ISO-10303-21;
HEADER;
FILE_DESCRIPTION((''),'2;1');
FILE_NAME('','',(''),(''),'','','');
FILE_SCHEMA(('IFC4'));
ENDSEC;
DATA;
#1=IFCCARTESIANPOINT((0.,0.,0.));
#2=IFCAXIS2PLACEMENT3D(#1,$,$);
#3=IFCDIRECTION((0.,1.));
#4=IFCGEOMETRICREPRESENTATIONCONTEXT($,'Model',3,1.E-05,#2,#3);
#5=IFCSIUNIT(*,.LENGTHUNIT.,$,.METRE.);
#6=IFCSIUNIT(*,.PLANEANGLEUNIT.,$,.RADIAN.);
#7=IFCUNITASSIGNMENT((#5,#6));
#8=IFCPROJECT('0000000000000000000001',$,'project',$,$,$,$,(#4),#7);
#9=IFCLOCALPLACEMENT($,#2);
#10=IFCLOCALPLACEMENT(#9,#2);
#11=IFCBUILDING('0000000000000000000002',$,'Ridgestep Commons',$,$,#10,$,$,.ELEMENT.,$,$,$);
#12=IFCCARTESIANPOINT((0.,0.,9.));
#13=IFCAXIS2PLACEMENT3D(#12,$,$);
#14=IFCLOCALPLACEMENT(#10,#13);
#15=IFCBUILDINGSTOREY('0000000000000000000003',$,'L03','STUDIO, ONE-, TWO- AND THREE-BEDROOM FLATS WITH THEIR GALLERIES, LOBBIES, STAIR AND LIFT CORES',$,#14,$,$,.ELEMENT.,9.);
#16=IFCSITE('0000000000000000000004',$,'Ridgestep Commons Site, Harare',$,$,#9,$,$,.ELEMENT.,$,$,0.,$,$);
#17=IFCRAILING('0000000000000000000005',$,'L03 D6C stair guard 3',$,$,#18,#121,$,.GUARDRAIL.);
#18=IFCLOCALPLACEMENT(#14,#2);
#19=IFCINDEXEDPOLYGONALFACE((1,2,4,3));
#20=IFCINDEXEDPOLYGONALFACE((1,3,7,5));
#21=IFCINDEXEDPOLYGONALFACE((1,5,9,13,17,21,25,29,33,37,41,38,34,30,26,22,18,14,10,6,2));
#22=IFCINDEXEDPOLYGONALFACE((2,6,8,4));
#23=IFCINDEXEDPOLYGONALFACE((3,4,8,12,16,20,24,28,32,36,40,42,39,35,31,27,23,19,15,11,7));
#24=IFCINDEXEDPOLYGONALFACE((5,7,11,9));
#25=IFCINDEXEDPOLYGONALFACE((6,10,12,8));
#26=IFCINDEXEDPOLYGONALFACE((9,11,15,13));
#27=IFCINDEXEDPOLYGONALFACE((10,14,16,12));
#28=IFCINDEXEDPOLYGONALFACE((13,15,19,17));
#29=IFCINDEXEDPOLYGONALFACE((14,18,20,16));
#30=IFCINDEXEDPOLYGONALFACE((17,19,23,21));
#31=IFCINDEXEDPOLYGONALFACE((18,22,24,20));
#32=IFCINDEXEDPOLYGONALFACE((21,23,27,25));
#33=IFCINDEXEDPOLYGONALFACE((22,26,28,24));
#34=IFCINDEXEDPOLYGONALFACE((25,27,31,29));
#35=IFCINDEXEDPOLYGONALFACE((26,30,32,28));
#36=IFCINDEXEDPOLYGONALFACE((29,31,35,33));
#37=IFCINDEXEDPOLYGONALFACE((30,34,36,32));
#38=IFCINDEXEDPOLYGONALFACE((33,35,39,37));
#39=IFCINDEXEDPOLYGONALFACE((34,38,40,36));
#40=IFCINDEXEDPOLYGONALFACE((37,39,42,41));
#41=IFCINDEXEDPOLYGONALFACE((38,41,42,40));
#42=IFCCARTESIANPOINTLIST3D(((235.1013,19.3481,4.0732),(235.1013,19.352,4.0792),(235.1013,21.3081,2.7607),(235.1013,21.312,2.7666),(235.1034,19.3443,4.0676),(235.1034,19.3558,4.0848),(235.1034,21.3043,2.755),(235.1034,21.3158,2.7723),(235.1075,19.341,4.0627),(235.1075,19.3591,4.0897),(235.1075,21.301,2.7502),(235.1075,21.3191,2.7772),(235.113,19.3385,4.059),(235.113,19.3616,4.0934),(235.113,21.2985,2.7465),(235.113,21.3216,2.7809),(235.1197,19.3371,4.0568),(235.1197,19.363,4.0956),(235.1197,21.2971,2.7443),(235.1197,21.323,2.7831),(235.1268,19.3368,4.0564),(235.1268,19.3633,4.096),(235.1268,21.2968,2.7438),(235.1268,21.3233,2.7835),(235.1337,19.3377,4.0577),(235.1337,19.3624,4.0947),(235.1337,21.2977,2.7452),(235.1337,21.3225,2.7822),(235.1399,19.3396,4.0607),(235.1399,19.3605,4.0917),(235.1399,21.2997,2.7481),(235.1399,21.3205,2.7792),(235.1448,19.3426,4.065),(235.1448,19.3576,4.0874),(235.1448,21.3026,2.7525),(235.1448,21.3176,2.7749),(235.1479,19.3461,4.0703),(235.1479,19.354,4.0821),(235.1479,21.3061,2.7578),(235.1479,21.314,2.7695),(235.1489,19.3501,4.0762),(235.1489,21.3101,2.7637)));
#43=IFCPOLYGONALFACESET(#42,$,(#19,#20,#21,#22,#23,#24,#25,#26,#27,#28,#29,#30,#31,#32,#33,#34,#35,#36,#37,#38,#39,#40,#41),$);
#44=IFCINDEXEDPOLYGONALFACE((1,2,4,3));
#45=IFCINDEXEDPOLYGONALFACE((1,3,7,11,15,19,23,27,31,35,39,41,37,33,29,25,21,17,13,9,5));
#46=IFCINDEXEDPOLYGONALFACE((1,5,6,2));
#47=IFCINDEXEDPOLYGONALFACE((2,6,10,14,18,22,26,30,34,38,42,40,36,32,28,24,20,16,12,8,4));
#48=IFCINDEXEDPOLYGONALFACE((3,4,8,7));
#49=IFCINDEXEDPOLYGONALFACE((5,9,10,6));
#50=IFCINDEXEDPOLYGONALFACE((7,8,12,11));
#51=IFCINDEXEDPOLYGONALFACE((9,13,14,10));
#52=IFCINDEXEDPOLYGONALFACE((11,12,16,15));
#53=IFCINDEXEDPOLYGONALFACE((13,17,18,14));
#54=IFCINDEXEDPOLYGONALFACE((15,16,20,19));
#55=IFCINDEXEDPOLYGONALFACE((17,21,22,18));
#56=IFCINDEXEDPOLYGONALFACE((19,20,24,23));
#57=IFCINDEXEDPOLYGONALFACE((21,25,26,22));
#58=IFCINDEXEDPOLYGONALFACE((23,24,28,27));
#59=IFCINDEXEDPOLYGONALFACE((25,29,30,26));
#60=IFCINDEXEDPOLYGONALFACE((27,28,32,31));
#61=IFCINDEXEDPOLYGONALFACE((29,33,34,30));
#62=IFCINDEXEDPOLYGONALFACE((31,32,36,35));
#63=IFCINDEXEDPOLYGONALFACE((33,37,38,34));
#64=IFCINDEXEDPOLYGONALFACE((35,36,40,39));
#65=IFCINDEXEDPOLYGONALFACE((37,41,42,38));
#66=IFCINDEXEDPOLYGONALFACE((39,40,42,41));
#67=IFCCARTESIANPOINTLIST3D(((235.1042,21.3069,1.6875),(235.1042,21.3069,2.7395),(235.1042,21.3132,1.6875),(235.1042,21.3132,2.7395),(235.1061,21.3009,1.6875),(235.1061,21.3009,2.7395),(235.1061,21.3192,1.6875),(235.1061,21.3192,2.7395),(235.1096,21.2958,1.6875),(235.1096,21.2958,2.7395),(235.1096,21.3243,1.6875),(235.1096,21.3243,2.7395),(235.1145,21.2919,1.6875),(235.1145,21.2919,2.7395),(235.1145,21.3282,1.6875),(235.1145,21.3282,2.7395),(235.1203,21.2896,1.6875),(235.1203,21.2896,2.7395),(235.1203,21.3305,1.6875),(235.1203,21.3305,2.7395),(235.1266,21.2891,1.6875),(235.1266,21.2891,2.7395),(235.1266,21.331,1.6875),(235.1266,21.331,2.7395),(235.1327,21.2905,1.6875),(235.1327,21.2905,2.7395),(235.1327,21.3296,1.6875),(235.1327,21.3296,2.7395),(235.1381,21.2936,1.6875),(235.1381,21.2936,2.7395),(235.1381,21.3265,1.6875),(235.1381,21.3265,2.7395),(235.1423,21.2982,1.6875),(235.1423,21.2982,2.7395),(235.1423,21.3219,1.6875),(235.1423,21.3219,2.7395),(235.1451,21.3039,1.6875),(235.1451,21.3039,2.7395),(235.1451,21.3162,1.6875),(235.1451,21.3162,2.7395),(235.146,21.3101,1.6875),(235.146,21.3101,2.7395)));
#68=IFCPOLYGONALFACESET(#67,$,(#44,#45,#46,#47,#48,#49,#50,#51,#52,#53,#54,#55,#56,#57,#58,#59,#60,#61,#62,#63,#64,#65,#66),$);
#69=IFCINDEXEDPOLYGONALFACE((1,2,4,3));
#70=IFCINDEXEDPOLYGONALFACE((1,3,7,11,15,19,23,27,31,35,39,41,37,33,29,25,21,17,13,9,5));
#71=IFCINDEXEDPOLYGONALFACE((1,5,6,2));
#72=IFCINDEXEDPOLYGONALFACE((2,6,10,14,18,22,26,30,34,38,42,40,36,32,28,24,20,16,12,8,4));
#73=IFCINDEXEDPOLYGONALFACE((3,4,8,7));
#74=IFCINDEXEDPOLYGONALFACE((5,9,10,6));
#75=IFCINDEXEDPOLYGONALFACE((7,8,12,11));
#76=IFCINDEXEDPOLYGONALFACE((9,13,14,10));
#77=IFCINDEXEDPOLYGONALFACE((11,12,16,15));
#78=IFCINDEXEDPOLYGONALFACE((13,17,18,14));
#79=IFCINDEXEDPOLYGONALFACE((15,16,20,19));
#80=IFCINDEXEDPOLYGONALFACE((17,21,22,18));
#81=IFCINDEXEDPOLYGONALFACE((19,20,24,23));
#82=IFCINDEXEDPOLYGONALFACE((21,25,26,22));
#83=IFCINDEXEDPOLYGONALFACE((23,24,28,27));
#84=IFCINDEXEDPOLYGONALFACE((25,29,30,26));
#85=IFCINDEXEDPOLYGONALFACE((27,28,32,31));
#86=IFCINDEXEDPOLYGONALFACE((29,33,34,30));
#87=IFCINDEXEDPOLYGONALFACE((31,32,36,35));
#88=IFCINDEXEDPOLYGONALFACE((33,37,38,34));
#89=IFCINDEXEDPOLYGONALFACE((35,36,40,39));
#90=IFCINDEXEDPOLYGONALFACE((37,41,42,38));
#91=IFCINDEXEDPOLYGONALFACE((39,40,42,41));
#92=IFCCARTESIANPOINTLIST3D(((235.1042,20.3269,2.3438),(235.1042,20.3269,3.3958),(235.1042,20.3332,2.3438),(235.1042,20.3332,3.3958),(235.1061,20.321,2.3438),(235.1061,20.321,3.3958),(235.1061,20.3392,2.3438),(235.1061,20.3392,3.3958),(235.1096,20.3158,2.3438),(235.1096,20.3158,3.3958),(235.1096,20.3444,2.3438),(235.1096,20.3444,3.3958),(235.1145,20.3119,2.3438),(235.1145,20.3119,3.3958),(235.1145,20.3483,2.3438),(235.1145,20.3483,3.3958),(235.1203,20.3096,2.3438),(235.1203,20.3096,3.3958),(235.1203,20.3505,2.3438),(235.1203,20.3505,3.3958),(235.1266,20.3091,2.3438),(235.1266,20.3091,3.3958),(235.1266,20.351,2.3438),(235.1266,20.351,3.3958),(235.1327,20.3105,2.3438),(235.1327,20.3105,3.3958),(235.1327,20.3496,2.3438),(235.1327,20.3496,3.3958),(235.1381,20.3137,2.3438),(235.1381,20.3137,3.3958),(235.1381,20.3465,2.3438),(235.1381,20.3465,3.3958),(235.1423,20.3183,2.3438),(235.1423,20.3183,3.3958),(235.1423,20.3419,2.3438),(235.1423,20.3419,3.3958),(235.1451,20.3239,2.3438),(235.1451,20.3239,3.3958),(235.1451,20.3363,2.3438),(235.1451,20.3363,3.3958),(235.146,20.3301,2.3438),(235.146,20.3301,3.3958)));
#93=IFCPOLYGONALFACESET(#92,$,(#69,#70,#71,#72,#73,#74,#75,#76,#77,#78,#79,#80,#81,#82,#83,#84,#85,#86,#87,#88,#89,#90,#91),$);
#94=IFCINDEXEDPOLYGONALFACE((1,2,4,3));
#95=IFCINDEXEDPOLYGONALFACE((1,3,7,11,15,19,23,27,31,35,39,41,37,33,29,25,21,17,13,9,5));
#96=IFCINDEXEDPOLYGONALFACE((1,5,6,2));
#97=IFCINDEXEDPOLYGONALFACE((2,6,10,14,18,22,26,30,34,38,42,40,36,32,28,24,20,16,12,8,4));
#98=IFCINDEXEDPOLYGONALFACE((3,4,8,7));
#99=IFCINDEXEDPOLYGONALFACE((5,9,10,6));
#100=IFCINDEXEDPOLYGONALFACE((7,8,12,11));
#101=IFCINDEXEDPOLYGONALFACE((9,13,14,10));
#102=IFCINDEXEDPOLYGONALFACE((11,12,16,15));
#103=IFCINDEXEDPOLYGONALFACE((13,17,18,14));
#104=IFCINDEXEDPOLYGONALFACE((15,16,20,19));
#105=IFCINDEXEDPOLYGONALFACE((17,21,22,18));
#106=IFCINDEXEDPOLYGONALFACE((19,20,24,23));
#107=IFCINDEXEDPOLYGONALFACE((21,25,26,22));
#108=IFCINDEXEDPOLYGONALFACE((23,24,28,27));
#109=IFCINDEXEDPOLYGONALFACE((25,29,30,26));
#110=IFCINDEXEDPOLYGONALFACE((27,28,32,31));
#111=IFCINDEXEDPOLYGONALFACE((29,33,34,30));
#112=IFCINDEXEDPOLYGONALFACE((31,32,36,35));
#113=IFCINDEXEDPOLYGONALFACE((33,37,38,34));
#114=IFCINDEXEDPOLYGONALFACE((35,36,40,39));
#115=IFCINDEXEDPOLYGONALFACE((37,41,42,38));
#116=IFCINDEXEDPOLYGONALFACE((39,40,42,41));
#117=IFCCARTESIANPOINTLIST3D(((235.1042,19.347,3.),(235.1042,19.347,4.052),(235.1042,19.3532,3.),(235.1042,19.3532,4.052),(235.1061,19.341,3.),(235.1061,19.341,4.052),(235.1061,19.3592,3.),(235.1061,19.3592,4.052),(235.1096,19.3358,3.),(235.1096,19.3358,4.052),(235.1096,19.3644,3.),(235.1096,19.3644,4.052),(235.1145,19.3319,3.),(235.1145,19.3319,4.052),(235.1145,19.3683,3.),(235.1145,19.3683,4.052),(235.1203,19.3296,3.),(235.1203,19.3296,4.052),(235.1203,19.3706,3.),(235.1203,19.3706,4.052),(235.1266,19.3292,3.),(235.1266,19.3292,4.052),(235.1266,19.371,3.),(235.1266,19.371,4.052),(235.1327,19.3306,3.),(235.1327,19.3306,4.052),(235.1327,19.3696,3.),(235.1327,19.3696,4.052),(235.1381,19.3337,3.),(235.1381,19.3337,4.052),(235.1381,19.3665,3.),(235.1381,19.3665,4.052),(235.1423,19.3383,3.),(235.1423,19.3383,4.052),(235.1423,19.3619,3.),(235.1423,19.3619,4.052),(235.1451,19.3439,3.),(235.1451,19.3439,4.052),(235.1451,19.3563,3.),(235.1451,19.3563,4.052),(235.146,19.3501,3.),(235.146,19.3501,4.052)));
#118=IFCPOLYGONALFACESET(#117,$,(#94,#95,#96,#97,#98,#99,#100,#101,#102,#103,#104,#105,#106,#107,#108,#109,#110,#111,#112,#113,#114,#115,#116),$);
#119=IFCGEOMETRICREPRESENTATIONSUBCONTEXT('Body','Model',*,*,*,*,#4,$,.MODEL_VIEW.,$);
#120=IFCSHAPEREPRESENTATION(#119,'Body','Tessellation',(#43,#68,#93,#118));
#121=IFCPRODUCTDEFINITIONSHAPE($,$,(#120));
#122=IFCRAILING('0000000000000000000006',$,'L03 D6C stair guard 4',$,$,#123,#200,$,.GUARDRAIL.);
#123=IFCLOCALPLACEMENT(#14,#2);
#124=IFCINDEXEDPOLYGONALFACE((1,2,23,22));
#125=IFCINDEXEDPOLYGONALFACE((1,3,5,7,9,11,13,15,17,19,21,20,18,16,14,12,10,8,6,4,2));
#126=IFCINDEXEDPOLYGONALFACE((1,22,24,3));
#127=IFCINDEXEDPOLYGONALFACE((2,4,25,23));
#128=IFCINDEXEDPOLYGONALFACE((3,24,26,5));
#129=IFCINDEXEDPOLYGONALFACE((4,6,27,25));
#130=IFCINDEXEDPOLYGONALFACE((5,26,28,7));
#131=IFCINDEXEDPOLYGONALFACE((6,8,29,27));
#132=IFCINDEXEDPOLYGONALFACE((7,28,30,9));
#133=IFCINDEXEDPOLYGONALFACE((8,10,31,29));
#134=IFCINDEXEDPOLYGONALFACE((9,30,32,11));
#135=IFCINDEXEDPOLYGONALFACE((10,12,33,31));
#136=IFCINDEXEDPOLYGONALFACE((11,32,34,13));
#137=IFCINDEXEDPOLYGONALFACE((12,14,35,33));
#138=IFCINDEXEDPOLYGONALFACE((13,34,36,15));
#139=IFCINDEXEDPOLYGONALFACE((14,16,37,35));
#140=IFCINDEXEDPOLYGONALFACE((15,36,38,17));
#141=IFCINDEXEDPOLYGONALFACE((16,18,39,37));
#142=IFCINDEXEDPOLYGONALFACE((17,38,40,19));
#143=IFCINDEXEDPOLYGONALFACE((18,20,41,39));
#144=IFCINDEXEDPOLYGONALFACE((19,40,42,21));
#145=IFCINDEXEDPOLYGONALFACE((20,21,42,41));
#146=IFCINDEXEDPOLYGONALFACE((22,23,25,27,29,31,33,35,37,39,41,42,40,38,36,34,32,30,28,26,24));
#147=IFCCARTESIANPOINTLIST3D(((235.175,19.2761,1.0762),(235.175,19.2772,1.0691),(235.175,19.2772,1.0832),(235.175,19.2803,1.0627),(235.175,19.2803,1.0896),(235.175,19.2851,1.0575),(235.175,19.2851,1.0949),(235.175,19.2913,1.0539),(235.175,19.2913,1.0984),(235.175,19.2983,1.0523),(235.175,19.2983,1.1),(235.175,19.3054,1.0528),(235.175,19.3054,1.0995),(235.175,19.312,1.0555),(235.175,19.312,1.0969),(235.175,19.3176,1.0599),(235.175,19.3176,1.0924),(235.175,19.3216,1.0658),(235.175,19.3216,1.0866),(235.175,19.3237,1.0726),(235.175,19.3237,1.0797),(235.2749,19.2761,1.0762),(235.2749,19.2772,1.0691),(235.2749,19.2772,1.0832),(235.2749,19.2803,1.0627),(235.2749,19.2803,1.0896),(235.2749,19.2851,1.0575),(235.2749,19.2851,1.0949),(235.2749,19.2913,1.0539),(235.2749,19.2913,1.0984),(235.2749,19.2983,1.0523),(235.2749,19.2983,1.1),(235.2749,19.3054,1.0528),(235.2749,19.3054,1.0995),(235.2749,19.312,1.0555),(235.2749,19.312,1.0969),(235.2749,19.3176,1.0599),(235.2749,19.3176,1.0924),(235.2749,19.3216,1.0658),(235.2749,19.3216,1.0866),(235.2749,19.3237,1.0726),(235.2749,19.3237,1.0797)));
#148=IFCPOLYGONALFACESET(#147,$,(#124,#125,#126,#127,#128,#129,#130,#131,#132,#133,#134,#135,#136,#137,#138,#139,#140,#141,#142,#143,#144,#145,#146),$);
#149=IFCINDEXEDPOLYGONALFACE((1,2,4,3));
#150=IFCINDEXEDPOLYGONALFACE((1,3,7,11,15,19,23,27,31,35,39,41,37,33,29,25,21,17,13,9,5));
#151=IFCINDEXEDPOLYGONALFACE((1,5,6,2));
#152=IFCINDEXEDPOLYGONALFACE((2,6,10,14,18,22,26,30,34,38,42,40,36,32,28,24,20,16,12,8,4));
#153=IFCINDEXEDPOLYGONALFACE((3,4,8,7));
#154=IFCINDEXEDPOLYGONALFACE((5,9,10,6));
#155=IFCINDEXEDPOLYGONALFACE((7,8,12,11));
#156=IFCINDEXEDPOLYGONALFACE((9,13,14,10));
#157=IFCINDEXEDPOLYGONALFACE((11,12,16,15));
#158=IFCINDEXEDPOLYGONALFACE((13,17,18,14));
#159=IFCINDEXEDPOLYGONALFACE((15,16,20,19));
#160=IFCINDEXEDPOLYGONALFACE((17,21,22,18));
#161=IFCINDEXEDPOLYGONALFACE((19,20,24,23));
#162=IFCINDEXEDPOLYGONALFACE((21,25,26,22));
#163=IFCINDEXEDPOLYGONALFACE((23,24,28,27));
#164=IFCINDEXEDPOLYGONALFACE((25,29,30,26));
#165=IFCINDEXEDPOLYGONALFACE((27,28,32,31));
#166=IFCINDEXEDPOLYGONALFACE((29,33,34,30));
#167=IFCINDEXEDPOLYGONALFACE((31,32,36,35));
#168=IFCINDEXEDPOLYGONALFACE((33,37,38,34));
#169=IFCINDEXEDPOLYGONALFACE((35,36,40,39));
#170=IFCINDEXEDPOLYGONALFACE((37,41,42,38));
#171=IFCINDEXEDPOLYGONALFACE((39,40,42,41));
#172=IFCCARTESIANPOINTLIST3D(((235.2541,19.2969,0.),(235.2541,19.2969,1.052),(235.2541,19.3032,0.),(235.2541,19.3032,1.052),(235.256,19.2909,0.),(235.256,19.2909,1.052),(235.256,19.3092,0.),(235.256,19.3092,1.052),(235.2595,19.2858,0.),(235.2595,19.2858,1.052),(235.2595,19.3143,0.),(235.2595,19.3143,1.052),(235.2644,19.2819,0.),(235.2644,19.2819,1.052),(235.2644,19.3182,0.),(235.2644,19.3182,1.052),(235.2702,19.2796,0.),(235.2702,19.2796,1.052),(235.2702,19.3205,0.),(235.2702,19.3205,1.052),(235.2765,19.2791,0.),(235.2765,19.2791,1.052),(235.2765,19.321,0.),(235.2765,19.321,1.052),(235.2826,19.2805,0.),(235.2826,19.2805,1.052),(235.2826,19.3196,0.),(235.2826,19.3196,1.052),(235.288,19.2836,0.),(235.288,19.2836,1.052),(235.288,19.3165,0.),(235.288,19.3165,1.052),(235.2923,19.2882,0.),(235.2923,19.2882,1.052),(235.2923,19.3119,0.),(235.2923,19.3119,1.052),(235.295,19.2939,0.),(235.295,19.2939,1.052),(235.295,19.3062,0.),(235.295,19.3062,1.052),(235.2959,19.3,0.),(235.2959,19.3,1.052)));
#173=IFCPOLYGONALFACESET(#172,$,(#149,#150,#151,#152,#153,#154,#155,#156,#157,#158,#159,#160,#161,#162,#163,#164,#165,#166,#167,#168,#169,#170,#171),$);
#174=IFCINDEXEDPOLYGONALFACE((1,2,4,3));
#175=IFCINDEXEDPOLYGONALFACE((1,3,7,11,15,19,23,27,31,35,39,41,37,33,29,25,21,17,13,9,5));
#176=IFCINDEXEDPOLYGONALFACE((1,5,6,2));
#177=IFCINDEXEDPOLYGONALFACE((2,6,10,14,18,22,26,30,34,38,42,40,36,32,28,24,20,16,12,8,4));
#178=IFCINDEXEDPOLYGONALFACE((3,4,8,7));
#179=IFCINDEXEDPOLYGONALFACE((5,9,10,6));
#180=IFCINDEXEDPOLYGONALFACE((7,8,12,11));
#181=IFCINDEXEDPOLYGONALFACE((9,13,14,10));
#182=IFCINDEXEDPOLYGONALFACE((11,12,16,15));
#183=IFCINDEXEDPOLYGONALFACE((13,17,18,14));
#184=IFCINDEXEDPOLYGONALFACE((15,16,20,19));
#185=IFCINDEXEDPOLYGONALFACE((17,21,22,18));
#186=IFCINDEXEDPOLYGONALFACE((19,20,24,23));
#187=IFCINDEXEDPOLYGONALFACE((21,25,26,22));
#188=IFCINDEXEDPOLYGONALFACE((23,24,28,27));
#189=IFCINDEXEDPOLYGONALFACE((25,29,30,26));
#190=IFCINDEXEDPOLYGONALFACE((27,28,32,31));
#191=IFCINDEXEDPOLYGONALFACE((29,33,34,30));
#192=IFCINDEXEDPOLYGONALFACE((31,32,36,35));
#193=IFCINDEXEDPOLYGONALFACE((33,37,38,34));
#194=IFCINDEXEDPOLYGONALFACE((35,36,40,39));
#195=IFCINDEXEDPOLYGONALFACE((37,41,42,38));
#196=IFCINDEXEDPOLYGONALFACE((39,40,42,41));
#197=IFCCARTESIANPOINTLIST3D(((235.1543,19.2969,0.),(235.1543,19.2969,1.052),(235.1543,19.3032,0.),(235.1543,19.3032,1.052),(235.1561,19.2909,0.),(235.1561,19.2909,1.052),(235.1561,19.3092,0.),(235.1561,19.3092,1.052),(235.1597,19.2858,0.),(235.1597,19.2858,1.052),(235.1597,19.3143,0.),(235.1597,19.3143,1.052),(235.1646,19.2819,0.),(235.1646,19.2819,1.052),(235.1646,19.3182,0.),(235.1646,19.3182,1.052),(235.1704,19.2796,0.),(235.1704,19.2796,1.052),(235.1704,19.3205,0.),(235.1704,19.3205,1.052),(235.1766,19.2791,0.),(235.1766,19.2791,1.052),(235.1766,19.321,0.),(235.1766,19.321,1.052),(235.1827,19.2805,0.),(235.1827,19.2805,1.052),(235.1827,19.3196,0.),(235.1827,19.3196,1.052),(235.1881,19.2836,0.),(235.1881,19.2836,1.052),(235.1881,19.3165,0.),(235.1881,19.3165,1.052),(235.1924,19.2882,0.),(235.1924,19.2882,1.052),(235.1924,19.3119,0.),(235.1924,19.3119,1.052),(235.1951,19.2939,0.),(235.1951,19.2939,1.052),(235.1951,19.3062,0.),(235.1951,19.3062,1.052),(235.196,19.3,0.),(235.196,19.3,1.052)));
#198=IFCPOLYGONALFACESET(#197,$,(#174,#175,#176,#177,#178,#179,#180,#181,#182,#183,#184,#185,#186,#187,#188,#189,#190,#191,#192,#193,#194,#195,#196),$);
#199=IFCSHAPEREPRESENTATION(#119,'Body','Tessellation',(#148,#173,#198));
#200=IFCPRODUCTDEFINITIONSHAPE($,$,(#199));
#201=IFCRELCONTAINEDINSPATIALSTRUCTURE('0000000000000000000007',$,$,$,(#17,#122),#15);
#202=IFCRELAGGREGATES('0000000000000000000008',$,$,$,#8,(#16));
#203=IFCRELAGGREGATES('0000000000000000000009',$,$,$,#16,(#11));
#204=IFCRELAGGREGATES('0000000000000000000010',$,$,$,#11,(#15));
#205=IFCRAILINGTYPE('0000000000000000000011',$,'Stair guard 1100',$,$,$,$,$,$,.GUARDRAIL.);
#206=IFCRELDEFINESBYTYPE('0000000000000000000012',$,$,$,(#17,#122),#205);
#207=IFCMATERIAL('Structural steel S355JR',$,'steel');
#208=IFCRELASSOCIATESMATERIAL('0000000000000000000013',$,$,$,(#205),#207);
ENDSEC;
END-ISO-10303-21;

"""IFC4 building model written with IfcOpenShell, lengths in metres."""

from ifc_helpers import new_model, si_unit, direction, frame, origin, origin_2d, place, context, subcontext, project, spatial, circle, extrude, material, type_object, element, save


model = new_model("IFC4")

# Units and contexts
model_context = context("Model", 3, precision=1e-05, world=origin(), true_north=direction((0.0, 1.0)))
body_context = subcontext(model_context, "Body", "Model", "MODEL_VIEW")
ifc_project = project(units=[si_unit("LENGTHUNIT", "METRE"), si_unit("PLANEANGLEUNIT", "RADIAN")], contexts=[model_context])

# Site, building, storey
site_placement = place(None, origin())
site = spatial("IfcSite", under=ifc_project, at=site_placement, Name="Ridgestep Commons Site, Harare", CompositionType="ELEMENT", RefElevation=0.0)
building_placement = place(site_placement, origin())
building = spatial("IfcBuilding", under=site, at=building_placement, Name="Ridgestep Commons", CompositionType="ELEMENT")
storey_placement = place(building_placement, frame((0.0, 0.0, 9.0)))
storey = spatial("IfcBuildingStorey", under=building, at=storey_placement, Name="L03", Description="STUDIO, ONE-, TWO- AND THREE-BEDROOM FLATS WITH THEIR GALLERIES, LOBBIES, STAIR AND LIFT CORES", CompositionType="ELEMENT", Elevation=9.0)

# Railings
ifc_material_1 = material(Name="Structural steel S355JR", Category="steel")
railing_type_1 = type_object("IfcRailingType", Name="Stair guard 1100", PredefinedType="GUARDRAIL", material=ifc_material_1)
railing_1_placement = place(storey_placement, frame((235.125, 21.3101, 1.6875)))
element("IfcRailing", 1, at=railing_1_placement, inside=storey, type_object=railing_type_1, Name="L03 D6C stair guard 3", PredefinedType="GUARDRAIL", context=body_context, shape_type="SweptSolid", body=[
    extrude(circle(Radius=0.0239, at=origin_2d()), frame((0.0, 0.0, 1.0762), z_axis=(0.0, -0.830902, 0.556419), x_axis=(1.0, 0.0, 0.0)), (0.0, 0.0, 1.0), 2.3589),
    extrude(circle(Radius=0.021, at=origin_2d()), origin(), (0.0, 0.0, 1.0), 1.052),
    extrude(circle(Radius=0.021, at=origin_2d()), frame((0.0, -0.98, 0.6562)), (0.0, 0.0, 1.0), 1.052),
    extrude(circle(Radius=0.021, at=origin_2d()), frame((0.0, -1.96, 1.3125)), (0.0, 0.0, 1.0), 1.052),
])
railing_2_placement = place(storey_placement, frame((235.2749, 19.3, 0.0)))
element("IfcRailing", 2, at=railing_2_placement, inside=storey, type_object=railing_type_1, Name="L03 D6C stair guard 4", PredefinedType="GUARDRAIL", context=body_context, shape_type="SweptSolid", body=[
    extrude(circle(Radius=0.0239, at=origin_2d()), frame((0.0, 0.0, 1.0762), z_axis=(-1.0, 0.0, 0.0), x_axis=(0.0, -1.0, 0.0)), (0.0, 0.0, 1.0), 0.0999),
    extrude(circle(Radius=0.021, at=origin_2d()), origin(), (0.0, 0.0, 1.0), 1.052),
    extrude(circle(Radius=0.021, at=origin_2d()), frame((-0.0999, 0.0, 0.0)), (0.0, 0.0, 1.0), 1.052),
])

save(model, "model.ifc")
